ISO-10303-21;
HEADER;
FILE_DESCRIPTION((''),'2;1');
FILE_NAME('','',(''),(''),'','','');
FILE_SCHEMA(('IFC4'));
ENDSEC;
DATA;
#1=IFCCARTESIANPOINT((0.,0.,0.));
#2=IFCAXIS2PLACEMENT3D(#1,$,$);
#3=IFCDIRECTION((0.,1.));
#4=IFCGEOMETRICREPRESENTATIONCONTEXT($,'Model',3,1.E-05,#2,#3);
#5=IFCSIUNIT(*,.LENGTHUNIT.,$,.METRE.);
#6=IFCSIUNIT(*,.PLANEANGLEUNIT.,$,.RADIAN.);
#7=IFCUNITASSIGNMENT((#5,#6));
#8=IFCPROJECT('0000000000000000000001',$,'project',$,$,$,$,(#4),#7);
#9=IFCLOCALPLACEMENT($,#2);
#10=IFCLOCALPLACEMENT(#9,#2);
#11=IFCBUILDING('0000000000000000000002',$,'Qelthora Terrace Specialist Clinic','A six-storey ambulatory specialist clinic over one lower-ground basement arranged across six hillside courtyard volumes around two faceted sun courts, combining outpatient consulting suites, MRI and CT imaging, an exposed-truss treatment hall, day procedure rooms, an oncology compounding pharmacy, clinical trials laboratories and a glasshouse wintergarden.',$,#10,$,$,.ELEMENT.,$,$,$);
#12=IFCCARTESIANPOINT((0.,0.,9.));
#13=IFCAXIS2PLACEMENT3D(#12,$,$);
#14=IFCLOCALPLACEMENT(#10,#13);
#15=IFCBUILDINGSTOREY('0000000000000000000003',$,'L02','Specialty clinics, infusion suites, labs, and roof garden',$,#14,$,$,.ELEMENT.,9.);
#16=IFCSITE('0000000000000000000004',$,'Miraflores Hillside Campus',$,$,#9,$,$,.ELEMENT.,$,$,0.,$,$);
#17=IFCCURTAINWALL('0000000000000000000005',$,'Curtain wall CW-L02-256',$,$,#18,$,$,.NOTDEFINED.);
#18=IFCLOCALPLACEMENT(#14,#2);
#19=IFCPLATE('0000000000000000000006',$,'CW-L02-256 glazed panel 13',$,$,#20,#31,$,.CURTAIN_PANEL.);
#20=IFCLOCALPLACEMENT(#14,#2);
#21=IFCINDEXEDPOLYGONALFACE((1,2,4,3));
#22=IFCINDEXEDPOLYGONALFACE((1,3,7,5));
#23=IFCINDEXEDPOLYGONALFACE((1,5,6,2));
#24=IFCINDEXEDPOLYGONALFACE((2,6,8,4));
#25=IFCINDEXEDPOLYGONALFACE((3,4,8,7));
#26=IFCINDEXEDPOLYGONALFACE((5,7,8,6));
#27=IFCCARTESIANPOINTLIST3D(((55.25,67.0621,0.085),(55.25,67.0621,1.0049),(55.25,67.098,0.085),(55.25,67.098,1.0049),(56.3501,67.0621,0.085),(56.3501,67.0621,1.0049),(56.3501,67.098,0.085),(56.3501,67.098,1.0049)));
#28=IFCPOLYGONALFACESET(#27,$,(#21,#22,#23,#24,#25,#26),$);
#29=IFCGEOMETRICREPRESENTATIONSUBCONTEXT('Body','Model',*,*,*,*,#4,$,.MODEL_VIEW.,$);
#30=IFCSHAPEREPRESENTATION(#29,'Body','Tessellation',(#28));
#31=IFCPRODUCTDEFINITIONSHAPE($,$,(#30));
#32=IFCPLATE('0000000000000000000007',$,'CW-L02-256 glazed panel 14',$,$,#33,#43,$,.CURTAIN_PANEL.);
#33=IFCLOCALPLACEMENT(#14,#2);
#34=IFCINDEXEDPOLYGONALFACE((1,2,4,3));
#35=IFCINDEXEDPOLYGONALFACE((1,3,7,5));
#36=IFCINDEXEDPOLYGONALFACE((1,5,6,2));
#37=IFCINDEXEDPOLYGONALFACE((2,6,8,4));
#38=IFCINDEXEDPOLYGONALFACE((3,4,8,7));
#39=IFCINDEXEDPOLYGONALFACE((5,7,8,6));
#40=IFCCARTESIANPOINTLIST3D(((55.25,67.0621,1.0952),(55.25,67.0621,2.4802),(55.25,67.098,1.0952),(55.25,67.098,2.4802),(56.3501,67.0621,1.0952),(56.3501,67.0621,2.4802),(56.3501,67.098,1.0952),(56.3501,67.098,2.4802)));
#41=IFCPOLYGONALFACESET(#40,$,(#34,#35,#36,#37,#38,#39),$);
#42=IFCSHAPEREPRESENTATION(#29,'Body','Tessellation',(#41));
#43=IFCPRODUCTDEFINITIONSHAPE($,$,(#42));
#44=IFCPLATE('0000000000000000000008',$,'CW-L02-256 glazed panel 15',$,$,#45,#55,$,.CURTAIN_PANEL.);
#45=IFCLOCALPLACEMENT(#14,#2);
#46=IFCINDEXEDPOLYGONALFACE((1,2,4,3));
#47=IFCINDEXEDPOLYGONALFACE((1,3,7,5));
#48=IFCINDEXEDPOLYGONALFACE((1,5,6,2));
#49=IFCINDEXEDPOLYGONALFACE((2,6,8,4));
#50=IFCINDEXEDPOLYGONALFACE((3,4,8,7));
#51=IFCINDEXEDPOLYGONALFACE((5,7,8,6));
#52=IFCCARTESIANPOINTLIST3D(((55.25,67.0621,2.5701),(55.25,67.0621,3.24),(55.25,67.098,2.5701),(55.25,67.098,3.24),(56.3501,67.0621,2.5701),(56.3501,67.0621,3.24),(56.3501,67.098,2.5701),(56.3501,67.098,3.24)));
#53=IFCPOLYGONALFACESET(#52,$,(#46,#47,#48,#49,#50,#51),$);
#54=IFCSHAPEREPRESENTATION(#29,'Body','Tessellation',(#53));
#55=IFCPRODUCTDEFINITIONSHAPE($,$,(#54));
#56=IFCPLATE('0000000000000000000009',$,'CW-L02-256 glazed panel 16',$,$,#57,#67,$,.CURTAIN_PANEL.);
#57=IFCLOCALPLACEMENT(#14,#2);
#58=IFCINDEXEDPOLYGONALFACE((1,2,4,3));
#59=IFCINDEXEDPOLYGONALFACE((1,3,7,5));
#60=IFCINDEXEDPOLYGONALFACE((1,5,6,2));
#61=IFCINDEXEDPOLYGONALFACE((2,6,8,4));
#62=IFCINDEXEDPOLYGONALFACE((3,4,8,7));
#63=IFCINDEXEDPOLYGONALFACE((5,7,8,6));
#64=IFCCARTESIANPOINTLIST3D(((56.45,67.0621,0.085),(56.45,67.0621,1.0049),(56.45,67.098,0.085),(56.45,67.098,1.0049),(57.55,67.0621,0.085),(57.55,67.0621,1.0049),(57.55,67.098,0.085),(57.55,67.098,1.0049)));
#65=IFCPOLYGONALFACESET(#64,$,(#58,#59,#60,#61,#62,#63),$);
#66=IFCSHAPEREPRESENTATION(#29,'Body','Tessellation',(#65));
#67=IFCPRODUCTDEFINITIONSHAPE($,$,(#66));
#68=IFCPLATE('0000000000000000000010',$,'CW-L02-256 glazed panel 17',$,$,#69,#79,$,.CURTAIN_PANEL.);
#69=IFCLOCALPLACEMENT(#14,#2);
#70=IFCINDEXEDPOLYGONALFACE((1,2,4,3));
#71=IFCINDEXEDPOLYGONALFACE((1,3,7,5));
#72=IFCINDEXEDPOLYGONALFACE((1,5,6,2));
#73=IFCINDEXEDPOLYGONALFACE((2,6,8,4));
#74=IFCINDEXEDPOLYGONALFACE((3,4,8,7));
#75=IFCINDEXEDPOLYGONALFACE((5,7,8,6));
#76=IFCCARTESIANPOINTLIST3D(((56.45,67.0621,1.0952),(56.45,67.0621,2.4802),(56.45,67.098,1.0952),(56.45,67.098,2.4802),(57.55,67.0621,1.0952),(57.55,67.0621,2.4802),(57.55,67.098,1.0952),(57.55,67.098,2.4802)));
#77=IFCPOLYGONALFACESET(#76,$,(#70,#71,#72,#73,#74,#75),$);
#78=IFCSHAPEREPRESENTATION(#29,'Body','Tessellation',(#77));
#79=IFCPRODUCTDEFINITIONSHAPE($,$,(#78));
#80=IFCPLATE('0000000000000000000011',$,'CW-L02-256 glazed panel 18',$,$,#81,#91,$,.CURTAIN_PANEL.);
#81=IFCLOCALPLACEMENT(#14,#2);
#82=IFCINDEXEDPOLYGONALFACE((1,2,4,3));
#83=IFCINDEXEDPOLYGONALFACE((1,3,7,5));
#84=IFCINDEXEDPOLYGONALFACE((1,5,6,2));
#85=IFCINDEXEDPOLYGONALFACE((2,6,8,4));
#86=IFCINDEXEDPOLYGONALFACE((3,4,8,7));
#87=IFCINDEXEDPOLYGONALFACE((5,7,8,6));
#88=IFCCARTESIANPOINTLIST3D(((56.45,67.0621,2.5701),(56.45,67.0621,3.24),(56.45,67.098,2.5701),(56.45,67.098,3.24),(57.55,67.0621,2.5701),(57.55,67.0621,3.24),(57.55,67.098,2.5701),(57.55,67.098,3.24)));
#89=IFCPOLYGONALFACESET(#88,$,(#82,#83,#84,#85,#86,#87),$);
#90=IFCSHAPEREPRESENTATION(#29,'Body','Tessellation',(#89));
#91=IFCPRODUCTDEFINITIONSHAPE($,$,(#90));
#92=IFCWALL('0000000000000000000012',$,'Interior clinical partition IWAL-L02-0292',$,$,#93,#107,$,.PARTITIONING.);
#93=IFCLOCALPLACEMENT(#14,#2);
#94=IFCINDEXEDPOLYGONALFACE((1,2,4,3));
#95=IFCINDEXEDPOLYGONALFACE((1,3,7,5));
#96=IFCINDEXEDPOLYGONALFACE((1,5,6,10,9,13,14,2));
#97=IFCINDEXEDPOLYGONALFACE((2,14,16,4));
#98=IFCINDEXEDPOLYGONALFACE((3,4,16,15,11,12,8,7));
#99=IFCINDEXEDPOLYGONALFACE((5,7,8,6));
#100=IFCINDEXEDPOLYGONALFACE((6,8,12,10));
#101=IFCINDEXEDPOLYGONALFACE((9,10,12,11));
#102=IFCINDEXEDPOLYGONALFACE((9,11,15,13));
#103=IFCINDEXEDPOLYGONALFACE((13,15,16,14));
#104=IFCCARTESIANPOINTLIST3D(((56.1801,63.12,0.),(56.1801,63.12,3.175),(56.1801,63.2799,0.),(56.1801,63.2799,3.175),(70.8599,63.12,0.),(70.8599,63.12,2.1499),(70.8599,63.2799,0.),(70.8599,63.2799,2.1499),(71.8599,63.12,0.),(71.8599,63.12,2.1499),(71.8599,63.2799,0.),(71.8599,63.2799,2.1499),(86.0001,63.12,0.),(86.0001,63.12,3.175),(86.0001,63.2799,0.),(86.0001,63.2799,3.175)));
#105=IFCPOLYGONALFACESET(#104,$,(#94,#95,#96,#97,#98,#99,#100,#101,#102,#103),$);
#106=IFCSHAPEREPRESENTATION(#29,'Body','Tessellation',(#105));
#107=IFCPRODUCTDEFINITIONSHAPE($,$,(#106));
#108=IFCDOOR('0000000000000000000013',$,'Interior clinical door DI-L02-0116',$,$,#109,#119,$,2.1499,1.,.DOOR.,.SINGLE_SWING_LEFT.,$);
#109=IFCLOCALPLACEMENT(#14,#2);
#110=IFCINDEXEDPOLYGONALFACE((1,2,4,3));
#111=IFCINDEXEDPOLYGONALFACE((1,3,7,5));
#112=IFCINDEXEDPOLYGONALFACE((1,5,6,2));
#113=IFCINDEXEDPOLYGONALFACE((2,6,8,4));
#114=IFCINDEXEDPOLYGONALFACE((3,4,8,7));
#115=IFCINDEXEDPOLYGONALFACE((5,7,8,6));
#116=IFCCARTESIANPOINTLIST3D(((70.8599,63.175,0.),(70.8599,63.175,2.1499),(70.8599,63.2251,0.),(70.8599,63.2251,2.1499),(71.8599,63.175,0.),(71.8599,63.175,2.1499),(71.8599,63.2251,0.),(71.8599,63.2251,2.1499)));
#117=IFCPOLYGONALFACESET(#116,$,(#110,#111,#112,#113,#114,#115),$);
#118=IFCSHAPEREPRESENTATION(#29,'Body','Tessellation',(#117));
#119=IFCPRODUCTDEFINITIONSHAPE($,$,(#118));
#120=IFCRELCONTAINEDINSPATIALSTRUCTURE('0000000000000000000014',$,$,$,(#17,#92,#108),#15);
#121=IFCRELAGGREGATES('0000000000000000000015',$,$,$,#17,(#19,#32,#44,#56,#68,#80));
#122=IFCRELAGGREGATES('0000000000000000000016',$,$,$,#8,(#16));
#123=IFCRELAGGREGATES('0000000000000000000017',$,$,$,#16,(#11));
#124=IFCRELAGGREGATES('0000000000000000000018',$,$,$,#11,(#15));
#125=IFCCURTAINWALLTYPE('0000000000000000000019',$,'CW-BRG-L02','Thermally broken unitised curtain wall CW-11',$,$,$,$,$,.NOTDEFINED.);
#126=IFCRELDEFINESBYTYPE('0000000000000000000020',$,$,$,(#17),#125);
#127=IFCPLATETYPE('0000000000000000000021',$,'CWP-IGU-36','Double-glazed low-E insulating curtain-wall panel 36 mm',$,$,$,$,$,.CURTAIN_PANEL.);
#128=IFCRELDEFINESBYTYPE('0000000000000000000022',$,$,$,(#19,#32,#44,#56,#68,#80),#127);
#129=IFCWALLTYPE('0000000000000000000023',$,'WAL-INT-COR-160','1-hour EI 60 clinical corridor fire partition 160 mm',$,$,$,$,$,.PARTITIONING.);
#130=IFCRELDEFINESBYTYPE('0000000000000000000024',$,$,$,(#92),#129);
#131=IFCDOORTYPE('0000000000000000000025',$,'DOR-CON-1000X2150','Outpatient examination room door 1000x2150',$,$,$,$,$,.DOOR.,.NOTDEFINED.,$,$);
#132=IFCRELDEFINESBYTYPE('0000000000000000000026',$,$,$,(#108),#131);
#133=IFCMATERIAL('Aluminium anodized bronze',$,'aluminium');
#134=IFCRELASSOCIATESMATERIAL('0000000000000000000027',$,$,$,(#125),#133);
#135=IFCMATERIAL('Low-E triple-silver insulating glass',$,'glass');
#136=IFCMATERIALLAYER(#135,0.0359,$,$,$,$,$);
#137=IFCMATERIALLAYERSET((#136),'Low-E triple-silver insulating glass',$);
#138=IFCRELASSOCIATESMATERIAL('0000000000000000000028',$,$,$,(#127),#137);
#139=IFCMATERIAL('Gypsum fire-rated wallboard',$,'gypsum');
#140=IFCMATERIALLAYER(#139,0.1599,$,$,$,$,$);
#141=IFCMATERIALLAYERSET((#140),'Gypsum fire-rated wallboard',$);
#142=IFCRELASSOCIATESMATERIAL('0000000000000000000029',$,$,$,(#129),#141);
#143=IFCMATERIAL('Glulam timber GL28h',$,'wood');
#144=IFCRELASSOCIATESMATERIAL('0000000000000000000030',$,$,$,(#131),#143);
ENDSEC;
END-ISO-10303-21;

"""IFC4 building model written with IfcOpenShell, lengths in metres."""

from ifc_helpers import new_model, si_unit, direction, frame, frame_2d, origin, origin_2d, place, context, subcontext, project, spatial, rectangle, extrude, material, layer, layer_set, type_object, element, fill, aggregate, save


model = new_model("IFC4")

# Units and contexts
model_context = context("Model", 3, precision=1e-05, world=origin(), true_north=direction((0.0, 1.0)))
body_context = subcontext(model_context, "Body", "Model", "MODEL_VIEW")
ifc_project = project(units=[si_unit("LENGTHUNIT", "METRE"), si_unit("PLANEANGLEUNIT", "RADIAN")], contexts=[model_context])

# Site, building, storey
site_placement = place(None, origin())
site = spatial("IfcSite", under=ifc_project, at=site_placement, Name="Miraflores Hillside Campus", CompositionType="ELEMENT", RefElevation=0.0)
building_placement = place(site_placement, origin())
building = spatial("IfcBuilding", under=site, at=building_placement, Name="Qelthora Terrace Specialist Clinic", Description="A six-storey ambulatory specialist clinic over one lower-ground basement arranged across six hillside courtyard volumes around two faceted sun courts, combining outpatient consulting suites, MRI and CT imaging, an exposed-truss treatment hall, day procedure rooms, an oncology compounding pharmacy, clinical trials laboratories and a glasshouse wintergarden.", CompositionType="ELEMENT")
storey_placement = place(building_placement, frame((0.0, 0.0, 9.0)))
storey = spatial("IfcBuildingStorey", under=building, at=storey_placement, Name="L02", Description="Specialty clinics, infusion suites, labs, and roof garden", CompositionType="ELEMENT", Elevation=9.0)

# Curtain wall, plates
ifc_material_1 = material(Name="Aluminium anodized bronze", Category="aluminium")
curtain_wall_type = type_object("IfcCurtainWallType", Name="CW-BRG-L02", Description="Thermally broken unitised curtain wall CW-11", PredefinedType="NOTDEFINED", material=ifc_material_1)
curtain_wall_placement = place(storey_placement, origin())
curtain_wall = element("IfcCurtainWall", 1, at=curtain_wall_placement, inside=storey, type_object=curtain_wall_type, Name="Curtain wall CW-L02-256", PredefinedType="NOTDEFINED")
ifc_material_2 = material(Name="Low-E triple-silver insulating glass", Category="glass")
ifc_layer_1 = layer(ifc_material_2, 0.0359)
ifc_layer_set_1 = layer_set([ifc_layer_1], Name="Low-E triple-silver insulating glass")
plate_type = type_object("IfcPlateType", Name="CWP-IGU-36", Description="Double-glazed low-E insulating curtain-wall panel 36 mm", PredefinedType="CURTAIN_PANEL", material=ifc_layer_set_1)
plate_1_placement = place(storey_placement, frame((55.8, 67.0801, 0.085), z_axis=(0.0, 0.0, 1.0), x_axis=(1.0, 0.0, 0.0)))
plate_1 = element("IfcPlate", 2, at=plate_1_placement, type_object=plate_type, Name="CW-L02-256 glazed panel 13", PredefinedType="CURTAIN_PANEL", context=body_context, shape_type="SweptSolid", body=[
    extrude(rectangle(XDim=1.1001, YDim=0.0359, at=origin_2d()), origin(), (0.0, 0.0, 1.0), 0.9199),
])
plate_2_placement = place(storey_placement, frame((55.8, 67.0801, 1.0952), z_axis=(0.0, 0.0, 1.0), x_axis=(1.0, 0.0, 0.0)))
plate_2 = element("IfcPlate", 3, at=plate_2_placement, type_object=plate_type, Name="CW-L02-256 glazed panel 14", PredefinedType="CURTAIN_PANEL", context=body_context, shape_type="SweptSolid", body=[
    extrude(rectangle(XDim=1.1001, YDim=0.0359, at=origin_2d()), origin(), (0.0, 0.0, 1.0), 1.385),
])
plate_3_placement = place(storey_placement, frame((55.8, 67.0801, 2.5701), z_axis=(0.0, 0.0, 1.0), x_axis=(1.0, 0.0, 0.0)))
plate_3 = element("IfcPlate", 4, at=plate_3_placement, type_object=plate_type, Name="CW-L02-256 glazed panel 15", PredefinedType="CURTAIN_PANEL", context=body_context, shape_type="SweptSolid", body=[
    extrude(rectangle(XDim=1.1001, YDim=0.0359, at=origin_2d()), origin(), (0.0, 0.0, 1.0), 0.6699),
])
plate_4_placement = place(storey_placement, frame((57.0, 67.0801, 0.085), z_axis=(0.0, 0.0, 1.0), x_axis=(1.0, 0.0, 0.0)))
plate_4 = element("IfcPlate", 5, at=plate_4_placement, type_object=plate_type, Name="CW-L02-256 glazed panel 16", PredefinedType="CURTAIN_PANEL", context=body_context, shape_type="SweptSolid", body=[
    extrude(rectangle(XDim=1.1001, YDim=0.0359, at=origin_2d()), origin(), (0.0, 0.0, 1.0), 0.9199),
])
plate_5_placement = place(storey_placement, frame((57.0, 67.0801, 1.0952), z_axis=(0.0, 0.0, 1.0), x_axis=(1.0, 0.0, 0.0)))
plate_5 = element("IfcPlate", 6, at=plate_5_placement, type_object=plate_type, Name="CW-L02-256 glazed panel 17", PredefinedType="CURTAIN_PANEL", context=body_context, shape_type="SweptSolid", body=[
    extrude(rectangle(XDim=1.1001, YDim=0.0359, at=origin_2d()), origin(), (0.0, 0.0, 1.0), 1.385),
])
plate_6_placement = place(storey_placement, frame((57.0, 67.0801, 2.5701), z_axis=(0.0, 0.0, 1.0), x_axis=(1.0, 0.0, 0.0)))
plate_6 = element("IfcPlate", 7, at=plate_6_placement, type_object=plate_type, Name="CW-L02-256 glazed panel 18", PredefinedType="CURTAIN_PANEL", context=body_context, shape_type="SweptSolid", body=[
    extrude(rectangle(XDim=1.1001, YDim=0.0359, at=origin_2d()), origin(), (0.0, 0.0, 1.0), 0.6699),
])
aggregate(curtain_wall, [plate_1, plate_2, plate_3, plate_4, plate_5, plate_6])

# Wall, opening, door
ifc_material_3 = material(Name="Gypsum fire-rated wallboard", Category="gypsum")
ifc_layer_2 = layer(ifc_material_3, 0.1599)
ifc_layer_set_2 = layer_set([ifc_layer_2], Name="Gypsum fire-rated wallboard")
wall_type = type_object("IfcWallType", Name="WAL-INT-COR-160", Description="1-hour EI 60 clinical corridor fire partition 160 mm", PredefinedType="PARTITIONING", material=ifc_layer_set_2)
wall_placement = place(storey_placement, frame((56.1799, 63.2, 0.0), z_axis=(0.0, 0.0, 1.0), x_axis=(1.0, 0.0, 0.0)))
wall = element("IfcWall", 8, at=wall_placement, inside=storey, type_object=wall_type, Name="Interior clinical partition IWAL-L02-0292", PredefinedType="PARTITIONING", context=body_context, shape_type="SweptSolid", body=[
    extrude(rectangle(XDim=29.8201, YDim=0.1599, at=frame_2d((14.9102, 0.0))), origin(), (0.0, 0.0, 1.0), 3.175),
])
opening_placement = place(wall_placement, frame((14.6799, 0.0, 0.0)))
opening = element("IfcOpeningElement", 9, at=opening_placement, cuts=wall, PredefinedType="OPENING", context=body_context, shape_type="SweptSolid", body=[
    extrude(rectangle(XDim=1.0, YDim=2.1499, at=frame_2d((0.5, 1.075))), frame((0.0, 0.0898, 0.0), z_axis=(0.0, -1.0, 0.0), x_axis=(1.0, 0.0, 0.0)), (0.0, 0.0, 1.0), 0.1799),
])
ifc_material_4 = material(Name="Glulam timber GL28h", Category="wood")
door_type = type_object("IfcDoorType", Name="DOR-CON-1000X2150", Description="Outpatient examination room door 1000x2150", OperationType="NOTDEFINED", PredefinedType="DOOR", material=ifc_material_4)
door_placement = place(opening_placement, frame((1.0, 0.0, 0.0), z_axis=(0.0, 0.0, 1.0), x_axis=(-1.0, 0.0, 0.0)))
door = element("IfcDoor", 10, at=door_placement, inside=storey, type_object=door_type, Name="Interior clinical door DI-L02-0116", OperationType="SINGLE_SWING_LEFT", OverallHeight=2.1499, OverallWidth=1.0, PredefinedType="DOOR", context=body_context, shape_type="SweptSolid", body=[
    extrude(rectangle(XDim=1.0, YDim=2.1499, at=frame_2d((0.5, 1.075))), frame((0.0, 0.0249, 0.0), z_axis=(0.0, -1.0, 0.0), x_axis=(1.0, 0.0, 0.0)), (0.0, 0.0, 1.0), 0.05),
])
fill(opening, door)

save(model, "model.ifc")
